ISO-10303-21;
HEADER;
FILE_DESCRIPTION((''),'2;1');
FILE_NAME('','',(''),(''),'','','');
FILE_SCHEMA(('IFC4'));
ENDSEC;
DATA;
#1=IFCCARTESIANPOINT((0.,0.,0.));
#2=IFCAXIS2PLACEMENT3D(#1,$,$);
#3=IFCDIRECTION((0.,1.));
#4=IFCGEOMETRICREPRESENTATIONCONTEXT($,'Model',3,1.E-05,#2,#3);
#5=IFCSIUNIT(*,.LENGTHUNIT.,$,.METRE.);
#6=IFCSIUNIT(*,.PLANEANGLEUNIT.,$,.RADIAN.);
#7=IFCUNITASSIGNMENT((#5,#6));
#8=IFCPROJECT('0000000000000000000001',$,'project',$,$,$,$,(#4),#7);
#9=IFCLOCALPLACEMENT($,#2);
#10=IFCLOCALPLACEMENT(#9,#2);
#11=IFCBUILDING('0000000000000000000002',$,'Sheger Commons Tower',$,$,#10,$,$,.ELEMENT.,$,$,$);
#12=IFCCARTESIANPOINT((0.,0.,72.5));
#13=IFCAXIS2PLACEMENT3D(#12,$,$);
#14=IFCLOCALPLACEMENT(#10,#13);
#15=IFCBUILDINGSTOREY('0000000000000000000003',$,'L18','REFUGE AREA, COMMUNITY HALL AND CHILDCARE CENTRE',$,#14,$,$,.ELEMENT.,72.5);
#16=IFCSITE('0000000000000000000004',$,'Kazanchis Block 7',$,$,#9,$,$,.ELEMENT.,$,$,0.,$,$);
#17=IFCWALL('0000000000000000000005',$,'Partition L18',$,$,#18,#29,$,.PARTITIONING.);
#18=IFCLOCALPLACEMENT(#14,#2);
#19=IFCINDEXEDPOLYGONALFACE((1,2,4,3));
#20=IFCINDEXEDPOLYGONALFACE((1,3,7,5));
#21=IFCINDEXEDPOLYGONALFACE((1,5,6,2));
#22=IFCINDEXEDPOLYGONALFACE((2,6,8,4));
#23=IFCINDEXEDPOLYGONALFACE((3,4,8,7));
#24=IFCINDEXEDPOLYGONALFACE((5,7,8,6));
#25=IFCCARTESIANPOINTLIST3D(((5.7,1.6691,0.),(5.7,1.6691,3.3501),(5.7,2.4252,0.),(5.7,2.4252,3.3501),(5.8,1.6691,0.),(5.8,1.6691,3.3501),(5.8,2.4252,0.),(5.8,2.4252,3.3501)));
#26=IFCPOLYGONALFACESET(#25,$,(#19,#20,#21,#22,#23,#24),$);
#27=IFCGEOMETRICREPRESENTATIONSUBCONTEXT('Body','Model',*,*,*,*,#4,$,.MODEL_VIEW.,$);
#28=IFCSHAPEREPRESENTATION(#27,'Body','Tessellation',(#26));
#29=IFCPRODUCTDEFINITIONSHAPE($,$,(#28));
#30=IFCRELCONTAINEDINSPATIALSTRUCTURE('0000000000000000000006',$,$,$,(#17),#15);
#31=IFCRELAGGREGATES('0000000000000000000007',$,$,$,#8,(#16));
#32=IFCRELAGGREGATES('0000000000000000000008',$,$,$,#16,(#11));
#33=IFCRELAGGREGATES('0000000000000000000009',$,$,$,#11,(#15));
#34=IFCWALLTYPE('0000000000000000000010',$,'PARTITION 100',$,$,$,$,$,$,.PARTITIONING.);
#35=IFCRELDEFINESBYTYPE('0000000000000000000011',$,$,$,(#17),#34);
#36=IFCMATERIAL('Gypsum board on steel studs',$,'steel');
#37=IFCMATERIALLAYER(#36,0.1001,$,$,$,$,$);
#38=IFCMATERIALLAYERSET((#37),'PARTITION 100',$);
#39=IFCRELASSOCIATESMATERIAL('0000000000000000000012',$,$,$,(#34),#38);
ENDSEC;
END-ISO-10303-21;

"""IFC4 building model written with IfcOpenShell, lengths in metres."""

from ifc_helpers import new_model, si_unit, direction, frame, frame_2d, origin, place, context, subcontext, project, spatial, rectangle, extrude, material, layer, layer_set, type_object, element, save


model = new_model("IFC4")

# Units and contexts
model_context = context("Model", 3, precision=1e-05, world=origin(), true_north=direction((0.0, 1.0)))
body_context = subcontext(model_context, "Body", "Model", "MODEL_VIEW")
ifc_project = project(units=[si_unit("LENGTHUNIT", "METRE"), si_unit("PLANEANGLEUNIT", "RADIAN")], contexts=[model_context])

# Site, building, storey
site_placement = place(None, origin())
site = spatial("IfcSite", under=ifc_project, at=site_placement, Name="Kazanchis Block 7", CompositionType="ELEMENT", RefElevation=0.0)
building_placement = place(site_placement, origin())
building = spatial("IfcBuilding", under=site, at=building_placement, Name="Sheger Commons Tower", CompositionType="ELEMENT")
storey_placement = place(building_placement, frame((0.0, 0.0, 72.5)))
storey = spatial("IfcBuildingStorey", under=building, at=storey_placement, Name="L18", Description="REFUGE AREA, COMMUNITY HALL AND CHILDCARE CENTRE", CompositionType="ELEMENT", Elevation=72.5)

# Wall
ifc_material_1 = material(Name="Gypsum board on steel studs", Category="steel")
ifc_layer_1 = layer(ifc_material_1, 0.1001)
ifc_layer_set_1 = layer_set([ifc_layer_1], Name="PARTITION 100")
wall_type_1 = type_object("IfcWallType", Name="PARTITION 100", PredefinedType="PARTITIONING", material=ifc_layer_set_1)
wall_1_placement = place(storey_placement, frame((5.75, 2.425, 0.0), z_axis=(0.0, 0.0, 1.0), x_axis=(0.0, -1.0, 0.0)))
element("IfcWall", 1, at=wall_1_placement, inside=storey, type_object=wall_type_1, Name="Partition L18", PredefinedType="PARTITIONING", context=body_context, shape_type="SweptSolid", body=[
    extrude(rectangle(XDim=0.7561, YDim=0.1001, at=frame_2d((0.3779, 0.0))), origin(), (0.0, 0.0, 1.0), 3.3501),
])

save(model, "model.ifc")
